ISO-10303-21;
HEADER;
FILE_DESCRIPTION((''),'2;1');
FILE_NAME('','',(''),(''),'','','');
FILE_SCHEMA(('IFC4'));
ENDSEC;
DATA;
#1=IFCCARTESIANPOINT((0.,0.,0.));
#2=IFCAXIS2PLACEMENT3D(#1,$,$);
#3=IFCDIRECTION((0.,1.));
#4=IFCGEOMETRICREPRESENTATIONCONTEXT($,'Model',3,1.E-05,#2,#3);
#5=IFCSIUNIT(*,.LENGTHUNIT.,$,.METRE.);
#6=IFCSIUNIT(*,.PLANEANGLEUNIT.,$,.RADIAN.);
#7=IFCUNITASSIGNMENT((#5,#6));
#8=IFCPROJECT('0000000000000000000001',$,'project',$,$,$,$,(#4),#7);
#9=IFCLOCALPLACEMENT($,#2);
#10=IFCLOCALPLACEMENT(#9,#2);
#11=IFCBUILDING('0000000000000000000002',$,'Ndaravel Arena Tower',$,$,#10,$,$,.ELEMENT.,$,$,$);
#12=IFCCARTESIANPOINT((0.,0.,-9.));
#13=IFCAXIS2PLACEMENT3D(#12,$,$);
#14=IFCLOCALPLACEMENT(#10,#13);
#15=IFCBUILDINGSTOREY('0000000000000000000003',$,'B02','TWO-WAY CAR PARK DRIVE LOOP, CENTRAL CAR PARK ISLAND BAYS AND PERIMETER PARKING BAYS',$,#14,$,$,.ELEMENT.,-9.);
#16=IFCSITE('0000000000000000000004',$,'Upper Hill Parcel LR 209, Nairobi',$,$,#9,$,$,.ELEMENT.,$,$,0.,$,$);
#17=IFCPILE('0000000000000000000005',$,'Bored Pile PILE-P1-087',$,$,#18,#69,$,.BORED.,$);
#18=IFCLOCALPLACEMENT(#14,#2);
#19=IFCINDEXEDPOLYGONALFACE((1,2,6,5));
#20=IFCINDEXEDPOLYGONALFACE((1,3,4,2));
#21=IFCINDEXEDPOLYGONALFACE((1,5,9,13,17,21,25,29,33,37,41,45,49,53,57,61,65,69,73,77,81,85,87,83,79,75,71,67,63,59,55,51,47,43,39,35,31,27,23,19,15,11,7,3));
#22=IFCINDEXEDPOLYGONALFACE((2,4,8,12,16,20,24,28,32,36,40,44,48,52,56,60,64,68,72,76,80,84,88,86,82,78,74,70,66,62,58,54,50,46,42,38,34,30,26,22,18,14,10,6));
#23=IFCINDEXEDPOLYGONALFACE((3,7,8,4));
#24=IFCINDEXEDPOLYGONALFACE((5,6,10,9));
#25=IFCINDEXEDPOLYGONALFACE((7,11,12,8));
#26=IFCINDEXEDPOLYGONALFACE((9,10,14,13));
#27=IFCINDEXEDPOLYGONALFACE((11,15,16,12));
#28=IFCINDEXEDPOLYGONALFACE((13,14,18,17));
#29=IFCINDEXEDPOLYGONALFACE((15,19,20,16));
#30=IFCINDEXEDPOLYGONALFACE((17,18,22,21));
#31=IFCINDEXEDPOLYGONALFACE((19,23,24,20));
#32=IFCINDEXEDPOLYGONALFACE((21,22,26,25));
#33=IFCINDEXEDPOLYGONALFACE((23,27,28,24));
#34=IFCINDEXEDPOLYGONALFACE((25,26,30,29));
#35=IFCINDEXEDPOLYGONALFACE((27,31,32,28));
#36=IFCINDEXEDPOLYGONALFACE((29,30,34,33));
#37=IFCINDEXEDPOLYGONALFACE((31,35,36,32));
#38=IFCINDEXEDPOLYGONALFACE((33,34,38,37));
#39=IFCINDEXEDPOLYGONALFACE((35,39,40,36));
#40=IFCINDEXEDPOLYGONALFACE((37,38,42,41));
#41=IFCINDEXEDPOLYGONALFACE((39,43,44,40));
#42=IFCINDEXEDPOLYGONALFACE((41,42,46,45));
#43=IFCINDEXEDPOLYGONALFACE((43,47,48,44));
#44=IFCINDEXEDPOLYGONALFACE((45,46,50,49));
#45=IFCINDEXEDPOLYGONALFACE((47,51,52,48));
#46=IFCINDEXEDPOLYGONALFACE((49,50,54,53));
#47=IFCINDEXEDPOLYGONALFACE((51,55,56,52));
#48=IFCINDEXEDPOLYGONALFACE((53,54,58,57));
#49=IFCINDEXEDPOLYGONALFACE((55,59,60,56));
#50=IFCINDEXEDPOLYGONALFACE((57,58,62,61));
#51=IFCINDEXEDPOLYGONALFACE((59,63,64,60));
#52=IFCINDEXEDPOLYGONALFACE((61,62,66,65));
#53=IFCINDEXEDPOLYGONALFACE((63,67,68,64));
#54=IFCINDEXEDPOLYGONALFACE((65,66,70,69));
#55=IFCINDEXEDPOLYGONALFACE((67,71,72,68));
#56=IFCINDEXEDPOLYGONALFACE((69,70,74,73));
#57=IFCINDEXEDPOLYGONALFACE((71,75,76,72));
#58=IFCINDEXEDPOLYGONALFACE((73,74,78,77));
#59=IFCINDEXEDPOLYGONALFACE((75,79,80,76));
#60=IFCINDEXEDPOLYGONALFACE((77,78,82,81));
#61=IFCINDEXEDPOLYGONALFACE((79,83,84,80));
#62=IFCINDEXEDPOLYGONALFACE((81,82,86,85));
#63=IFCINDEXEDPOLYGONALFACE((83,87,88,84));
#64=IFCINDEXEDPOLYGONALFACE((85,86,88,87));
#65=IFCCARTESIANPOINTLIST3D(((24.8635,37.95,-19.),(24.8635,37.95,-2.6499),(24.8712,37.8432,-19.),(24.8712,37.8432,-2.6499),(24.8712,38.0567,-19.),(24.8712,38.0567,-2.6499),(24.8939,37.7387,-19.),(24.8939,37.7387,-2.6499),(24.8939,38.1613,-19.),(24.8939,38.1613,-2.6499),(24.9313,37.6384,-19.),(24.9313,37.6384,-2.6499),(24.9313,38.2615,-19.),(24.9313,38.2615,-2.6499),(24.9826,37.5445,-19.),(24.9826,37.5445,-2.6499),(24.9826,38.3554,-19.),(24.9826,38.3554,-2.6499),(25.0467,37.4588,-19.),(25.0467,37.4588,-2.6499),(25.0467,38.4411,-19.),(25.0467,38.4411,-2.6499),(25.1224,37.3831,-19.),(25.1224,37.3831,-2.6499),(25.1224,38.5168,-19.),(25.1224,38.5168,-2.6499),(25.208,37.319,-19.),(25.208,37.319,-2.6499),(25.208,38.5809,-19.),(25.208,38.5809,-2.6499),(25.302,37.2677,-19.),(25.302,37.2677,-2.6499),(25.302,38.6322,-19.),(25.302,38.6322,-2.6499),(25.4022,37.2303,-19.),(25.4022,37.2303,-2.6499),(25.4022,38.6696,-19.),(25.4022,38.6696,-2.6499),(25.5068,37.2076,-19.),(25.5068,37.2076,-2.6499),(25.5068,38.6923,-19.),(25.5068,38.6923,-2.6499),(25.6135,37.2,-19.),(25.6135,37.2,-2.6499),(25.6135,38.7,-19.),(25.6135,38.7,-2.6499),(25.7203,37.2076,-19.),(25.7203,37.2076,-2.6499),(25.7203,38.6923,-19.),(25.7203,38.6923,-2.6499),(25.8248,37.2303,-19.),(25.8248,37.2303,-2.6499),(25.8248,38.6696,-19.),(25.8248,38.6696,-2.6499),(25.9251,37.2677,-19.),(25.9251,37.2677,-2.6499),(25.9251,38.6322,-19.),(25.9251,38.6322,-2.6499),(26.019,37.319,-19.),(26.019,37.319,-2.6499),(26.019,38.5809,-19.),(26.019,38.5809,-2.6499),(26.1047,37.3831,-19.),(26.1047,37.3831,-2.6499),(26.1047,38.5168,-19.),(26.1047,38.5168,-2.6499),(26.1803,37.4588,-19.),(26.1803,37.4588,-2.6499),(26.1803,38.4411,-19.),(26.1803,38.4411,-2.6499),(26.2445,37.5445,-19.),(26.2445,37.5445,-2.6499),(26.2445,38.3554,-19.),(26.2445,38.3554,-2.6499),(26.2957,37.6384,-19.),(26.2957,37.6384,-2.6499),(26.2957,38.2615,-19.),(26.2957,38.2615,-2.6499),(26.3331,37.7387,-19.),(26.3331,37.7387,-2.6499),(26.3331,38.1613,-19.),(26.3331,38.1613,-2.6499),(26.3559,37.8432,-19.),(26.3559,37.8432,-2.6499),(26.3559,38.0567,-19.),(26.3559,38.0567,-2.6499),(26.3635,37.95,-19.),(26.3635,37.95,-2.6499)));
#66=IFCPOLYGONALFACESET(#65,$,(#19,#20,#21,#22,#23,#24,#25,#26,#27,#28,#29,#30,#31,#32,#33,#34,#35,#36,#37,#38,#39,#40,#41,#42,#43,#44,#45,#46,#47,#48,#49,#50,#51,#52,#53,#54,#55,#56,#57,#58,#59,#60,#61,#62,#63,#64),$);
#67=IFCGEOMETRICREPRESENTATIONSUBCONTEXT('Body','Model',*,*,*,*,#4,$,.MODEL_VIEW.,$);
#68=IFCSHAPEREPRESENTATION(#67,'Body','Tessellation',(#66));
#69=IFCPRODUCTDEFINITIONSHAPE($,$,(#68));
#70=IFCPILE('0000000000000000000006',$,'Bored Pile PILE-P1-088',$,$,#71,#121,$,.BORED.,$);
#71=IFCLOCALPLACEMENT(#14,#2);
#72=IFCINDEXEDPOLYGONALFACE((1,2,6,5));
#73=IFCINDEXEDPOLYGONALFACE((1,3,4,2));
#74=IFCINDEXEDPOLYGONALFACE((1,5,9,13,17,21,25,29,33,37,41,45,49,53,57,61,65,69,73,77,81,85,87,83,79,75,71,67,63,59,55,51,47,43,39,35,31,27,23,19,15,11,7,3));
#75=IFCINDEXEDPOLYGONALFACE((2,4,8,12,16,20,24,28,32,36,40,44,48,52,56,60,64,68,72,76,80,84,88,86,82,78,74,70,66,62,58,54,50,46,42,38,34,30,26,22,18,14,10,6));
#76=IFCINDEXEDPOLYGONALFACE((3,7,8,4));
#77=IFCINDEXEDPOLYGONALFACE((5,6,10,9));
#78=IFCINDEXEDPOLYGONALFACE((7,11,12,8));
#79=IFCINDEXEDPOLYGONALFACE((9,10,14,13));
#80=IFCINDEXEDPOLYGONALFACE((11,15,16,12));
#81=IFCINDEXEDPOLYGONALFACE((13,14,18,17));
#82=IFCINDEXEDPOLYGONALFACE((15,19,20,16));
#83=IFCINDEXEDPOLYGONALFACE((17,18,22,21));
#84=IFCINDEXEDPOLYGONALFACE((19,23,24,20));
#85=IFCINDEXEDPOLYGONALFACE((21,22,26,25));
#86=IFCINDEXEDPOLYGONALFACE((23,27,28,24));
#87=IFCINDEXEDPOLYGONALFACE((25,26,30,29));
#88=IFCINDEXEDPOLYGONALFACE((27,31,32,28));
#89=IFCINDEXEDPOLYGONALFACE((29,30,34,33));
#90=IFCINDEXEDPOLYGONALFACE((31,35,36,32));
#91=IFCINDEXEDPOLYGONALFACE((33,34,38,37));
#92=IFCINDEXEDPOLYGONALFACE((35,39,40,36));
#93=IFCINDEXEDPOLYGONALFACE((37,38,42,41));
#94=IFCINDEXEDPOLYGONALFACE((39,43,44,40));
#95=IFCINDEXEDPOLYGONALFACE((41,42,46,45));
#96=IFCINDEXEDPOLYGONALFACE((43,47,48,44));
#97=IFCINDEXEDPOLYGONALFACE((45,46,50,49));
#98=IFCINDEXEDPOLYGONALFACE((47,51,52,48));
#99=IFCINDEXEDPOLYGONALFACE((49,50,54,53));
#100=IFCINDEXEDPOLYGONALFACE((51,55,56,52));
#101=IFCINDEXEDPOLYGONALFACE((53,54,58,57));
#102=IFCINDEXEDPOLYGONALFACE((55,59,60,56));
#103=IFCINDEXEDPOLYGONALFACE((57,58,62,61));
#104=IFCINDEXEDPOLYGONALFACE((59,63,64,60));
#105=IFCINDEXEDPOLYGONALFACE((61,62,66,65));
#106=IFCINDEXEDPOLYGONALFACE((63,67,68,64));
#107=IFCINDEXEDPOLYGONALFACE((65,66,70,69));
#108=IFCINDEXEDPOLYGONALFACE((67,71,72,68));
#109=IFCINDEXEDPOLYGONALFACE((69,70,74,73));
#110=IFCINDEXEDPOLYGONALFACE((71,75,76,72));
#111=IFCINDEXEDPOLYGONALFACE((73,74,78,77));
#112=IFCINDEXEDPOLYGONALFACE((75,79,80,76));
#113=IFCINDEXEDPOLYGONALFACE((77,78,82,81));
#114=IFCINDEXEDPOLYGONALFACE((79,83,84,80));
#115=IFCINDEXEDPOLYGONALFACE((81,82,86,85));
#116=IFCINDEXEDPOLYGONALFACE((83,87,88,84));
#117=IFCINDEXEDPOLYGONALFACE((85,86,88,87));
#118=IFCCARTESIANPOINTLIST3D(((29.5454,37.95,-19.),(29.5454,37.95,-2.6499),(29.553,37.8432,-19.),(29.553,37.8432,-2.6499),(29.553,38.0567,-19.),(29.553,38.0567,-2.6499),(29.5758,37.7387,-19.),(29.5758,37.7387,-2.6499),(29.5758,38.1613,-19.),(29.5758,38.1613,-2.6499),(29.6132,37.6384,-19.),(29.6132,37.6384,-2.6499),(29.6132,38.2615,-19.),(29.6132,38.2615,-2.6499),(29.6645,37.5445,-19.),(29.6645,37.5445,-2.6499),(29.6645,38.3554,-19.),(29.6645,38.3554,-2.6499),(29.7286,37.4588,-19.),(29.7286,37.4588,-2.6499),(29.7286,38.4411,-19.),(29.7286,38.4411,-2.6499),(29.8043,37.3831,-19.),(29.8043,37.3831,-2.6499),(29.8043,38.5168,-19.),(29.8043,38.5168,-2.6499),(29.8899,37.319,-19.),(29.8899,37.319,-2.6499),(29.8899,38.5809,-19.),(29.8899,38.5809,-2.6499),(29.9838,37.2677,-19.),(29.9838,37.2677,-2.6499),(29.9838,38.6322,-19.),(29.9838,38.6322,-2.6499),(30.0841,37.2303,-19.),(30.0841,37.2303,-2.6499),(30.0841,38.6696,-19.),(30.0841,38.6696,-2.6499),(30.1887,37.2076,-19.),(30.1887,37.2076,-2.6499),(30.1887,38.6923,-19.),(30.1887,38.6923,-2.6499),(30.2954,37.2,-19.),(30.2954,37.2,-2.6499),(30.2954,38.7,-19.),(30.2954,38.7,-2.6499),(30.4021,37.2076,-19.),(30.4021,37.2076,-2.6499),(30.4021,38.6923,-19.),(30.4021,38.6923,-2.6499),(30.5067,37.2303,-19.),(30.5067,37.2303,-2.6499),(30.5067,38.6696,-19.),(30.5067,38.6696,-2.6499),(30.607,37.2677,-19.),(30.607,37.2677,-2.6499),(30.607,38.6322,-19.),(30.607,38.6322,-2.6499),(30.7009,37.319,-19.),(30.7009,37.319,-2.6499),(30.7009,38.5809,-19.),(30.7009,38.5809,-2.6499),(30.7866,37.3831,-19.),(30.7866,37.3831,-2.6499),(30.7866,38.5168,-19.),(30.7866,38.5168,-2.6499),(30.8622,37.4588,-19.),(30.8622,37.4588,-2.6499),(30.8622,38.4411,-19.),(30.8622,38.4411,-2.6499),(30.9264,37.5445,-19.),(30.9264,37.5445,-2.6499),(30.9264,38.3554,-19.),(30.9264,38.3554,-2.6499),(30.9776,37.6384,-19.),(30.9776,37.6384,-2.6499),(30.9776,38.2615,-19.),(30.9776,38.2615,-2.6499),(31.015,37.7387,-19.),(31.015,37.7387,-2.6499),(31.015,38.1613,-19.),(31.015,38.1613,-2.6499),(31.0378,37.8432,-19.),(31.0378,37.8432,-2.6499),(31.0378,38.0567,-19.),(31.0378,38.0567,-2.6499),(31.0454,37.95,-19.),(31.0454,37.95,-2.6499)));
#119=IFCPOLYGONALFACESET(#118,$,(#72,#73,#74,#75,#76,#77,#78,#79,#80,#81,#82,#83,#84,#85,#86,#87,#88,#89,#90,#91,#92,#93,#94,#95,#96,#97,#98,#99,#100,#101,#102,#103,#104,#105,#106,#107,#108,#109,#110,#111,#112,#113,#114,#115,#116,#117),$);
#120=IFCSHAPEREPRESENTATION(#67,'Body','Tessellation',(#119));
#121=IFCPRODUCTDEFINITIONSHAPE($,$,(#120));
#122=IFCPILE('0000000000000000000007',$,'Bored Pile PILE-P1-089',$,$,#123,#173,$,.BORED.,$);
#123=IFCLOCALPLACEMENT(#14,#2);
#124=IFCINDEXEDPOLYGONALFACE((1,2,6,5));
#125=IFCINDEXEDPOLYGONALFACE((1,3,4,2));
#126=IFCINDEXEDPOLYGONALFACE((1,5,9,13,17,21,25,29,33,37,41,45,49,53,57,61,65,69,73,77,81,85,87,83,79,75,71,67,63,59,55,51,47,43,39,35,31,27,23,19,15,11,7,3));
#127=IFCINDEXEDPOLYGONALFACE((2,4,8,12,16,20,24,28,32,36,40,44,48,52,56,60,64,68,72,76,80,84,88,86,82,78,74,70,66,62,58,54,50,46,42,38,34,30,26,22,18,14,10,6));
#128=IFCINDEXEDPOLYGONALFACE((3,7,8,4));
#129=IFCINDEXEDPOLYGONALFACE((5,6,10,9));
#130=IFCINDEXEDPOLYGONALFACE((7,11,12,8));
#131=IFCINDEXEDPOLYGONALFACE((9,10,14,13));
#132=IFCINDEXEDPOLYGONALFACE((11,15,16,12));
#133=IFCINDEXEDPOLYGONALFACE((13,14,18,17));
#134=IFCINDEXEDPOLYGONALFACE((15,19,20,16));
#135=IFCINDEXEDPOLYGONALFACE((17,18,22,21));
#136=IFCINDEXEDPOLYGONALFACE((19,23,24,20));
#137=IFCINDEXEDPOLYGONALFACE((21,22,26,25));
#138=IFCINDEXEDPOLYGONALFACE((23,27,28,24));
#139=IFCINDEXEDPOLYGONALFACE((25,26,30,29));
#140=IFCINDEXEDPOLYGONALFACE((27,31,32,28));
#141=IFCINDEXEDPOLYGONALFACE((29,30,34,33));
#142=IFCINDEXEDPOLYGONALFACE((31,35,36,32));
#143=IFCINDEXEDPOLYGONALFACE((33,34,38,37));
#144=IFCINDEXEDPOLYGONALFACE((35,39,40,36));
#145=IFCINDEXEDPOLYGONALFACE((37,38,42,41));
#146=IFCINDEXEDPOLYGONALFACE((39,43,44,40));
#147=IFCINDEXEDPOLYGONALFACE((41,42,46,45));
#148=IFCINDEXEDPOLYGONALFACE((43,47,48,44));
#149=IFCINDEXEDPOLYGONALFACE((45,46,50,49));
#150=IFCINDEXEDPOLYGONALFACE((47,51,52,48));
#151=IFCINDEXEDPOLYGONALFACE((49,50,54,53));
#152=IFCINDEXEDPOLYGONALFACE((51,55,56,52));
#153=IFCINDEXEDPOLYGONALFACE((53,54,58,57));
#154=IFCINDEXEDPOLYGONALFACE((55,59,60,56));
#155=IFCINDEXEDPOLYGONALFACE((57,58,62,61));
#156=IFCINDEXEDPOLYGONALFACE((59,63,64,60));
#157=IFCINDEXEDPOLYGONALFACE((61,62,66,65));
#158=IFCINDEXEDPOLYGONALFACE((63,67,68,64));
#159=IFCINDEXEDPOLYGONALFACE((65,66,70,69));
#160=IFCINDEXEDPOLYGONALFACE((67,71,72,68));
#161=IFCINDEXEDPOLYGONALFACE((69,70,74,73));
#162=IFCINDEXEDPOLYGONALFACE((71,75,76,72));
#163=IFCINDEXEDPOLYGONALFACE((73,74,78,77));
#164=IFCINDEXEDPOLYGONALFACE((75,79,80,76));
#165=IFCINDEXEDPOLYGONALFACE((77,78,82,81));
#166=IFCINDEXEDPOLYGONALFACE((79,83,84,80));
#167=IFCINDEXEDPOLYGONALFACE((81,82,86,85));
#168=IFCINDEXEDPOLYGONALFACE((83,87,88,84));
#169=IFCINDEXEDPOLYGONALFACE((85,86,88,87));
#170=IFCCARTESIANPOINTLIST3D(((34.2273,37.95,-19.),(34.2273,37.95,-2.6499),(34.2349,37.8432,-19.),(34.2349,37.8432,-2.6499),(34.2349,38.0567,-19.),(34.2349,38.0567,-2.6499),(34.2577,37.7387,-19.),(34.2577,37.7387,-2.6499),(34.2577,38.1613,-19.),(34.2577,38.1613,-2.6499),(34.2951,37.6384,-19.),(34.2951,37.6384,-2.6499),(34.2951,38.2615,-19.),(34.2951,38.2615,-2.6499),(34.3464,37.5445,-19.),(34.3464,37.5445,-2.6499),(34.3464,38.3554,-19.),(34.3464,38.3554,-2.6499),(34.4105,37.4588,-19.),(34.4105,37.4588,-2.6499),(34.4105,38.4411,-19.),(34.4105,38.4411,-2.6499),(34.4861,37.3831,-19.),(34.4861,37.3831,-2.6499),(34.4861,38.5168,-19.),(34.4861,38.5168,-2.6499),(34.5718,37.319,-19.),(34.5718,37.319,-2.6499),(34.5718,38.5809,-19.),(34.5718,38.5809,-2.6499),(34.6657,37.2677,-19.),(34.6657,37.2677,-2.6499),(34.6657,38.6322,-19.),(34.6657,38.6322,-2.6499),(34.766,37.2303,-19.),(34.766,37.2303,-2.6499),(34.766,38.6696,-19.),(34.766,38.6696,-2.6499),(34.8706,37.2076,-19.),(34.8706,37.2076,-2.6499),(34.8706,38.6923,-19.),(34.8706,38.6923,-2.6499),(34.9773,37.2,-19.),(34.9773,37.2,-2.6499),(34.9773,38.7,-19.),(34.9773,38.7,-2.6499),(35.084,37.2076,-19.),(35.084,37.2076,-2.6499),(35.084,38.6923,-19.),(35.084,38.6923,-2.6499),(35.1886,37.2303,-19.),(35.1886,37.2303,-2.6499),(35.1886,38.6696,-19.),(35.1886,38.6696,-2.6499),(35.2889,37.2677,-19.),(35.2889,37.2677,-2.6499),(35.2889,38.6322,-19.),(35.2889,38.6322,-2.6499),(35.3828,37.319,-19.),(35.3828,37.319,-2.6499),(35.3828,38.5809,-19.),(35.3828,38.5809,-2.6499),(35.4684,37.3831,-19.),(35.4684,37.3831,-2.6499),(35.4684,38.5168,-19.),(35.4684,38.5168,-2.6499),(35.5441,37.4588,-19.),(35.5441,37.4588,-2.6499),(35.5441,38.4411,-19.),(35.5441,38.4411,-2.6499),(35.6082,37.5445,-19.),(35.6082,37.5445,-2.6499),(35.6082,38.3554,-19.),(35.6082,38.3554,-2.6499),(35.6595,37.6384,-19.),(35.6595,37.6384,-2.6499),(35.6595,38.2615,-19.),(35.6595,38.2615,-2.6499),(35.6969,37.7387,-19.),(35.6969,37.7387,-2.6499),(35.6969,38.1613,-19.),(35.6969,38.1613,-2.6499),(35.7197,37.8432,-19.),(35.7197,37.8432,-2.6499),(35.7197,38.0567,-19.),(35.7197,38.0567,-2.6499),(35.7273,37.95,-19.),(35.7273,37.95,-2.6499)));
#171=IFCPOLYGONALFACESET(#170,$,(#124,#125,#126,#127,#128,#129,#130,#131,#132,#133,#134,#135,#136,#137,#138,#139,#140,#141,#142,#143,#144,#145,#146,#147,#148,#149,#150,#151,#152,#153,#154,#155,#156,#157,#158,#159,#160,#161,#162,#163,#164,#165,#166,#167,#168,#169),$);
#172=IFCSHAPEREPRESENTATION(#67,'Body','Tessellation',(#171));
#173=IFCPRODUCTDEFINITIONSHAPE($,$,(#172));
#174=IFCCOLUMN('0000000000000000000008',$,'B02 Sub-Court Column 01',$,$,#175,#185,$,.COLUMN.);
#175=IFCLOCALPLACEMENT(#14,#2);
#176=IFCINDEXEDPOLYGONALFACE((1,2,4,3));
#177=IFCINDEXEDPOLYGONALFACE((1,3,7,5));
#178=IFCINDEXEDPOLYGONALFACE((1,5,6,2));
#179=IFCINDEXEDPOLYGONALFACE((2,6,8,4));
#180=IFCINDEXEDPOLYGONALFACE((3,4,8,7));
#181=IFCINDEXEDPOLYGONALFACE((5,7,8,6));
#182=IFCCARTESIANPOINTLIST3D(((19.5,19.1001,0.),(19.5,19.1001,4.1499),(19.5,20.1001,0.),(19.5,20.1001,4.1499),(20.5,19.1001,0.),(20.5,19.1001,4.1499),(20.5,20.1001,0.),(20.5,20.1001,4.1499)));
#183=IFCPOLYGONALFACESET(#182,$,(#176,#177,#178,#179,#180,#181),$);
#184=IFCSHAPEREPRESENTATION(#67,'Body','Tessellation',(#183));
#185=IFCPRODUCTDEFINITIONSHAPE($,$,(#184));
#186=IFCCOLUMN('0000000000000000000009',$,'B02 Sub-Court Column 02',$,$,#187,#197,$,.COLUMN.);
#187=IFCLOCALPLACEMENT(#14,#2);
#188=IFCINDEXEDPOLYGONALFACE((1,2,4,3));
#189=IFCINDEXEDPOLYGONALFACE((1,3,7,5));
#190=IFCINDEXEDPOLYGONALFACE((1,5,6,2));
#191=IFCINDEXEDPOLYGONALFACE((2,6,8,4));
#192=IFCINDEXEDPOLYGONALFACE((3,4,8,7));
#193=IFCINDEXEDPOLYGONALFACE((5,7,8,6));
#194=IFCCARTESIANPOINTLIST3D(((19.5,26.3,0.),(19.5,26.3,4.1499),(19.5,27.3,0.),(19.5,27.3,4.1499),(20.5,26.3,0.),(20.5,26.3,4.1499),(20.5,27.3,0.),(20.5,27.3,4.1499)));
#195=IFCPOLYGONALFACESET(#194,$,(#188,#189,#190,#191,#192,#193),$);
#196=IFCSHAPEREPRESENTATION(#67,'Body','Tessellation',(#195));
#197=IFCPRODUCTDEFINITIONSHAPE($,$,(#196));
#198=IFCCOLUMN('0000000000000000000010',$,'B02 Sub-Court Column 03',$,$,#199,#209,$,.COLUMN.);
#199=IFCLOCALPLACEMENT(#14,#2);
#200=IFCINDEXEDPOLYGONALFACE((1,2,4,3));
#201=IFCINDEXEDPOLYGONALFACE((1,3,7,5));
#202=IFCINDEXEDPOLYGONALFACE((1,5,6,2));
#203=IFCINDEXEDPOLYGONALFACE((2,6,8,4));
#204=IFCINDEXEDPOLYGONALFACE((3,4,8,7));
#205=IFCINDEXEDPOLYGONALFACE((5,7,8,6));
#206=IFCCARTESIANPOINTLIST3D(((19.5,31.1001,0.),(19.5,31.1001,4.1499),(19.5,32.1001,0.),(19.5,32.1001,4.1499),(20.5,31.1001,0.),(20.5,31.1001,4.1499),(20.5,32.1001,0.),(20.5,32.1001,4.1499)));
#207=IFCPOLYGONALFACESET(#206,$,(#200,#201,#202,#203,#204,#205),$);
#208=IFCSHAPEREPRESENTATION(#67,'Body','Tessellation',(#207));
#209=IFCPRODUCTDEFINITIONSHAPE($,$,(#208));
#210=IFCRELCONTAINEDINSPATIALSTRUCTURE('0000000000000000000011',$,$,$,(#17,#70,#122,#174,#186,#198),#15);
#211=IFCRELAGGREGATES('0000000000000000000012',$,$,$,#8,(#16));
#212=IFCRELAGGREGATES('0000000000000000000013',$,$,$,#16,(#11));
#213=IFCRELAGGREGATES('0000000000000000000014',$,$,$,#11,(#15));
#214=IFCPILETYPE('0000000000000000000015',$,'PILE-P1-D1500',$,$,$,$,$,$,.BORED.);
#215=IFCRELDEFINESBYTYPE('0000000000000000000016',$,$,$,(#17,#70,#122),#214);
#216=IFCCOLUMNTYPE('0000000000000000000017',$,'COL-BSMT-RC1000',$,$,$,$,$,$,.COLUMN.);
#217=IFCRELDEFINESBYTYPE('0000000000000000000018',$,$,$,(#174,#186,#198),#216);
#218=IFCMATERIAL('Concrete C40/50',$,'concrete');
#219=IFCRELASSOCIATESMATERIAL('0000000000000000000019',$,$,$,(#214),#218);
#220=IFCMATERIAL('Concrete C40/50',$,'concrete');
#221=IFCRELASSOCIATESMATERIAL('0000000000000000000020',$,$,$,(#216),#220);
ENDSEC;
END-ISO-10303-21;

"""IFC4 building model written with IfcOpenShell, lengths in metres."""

from ifc_helpers import new_model, si_unit, direction, frame, origin, origin_2d, place, context, subcontext, project, spatial, rectangle, circle, extrude, material, material_profile, profile_set, type_object, element, save


model = new_model("IFC4")

# Units and contexts
model_context = context("Model", 3, precision=1e-05, world=origin(), true_north=direction((0.0, 1.0)))
body_context = subcontext(model_context, "Body", "Model", "MODEL_VIEW")
ifc_project = project(units=[si_unit("LENGTHUNIT", "METRE"), si_unit("PLANEANGLEUNIT", "RADIAN")], contexts=[model_context])

# Site, building, storey
site_placement = place(None, origin())
site = spatial("IfcSite", under=ifc_project, at=site_placement, Name="Upper Hill Parcel LR 209, Nairobi", CompositionType="ELEMENT", RefElevation=0.0)
building_placement = place(site_placement, origin())
building = spatial("IfcBuilding", under=site, at=building_placement, Name="Ndaravel Arena Tower", CompositionType="ELEMENT")
storey_placement = place(building_placement, frame((0.0, 0.0, -9.0)))
storey = spatial("IfcBuildingStorey", under=building, at=storey_placement, Name="B02", Description="TWO-WAY CAR PARK DRIVE LOOP, CENTRAL CAR PARK ISLAND BAYS AND PERIMETER PARKING BAYS", CompositionType="ELEMENT", Elevation=-9.0)

# Piles
ifc_material_1 = material(Name="Concrete C40/50", Category="concrete")
ifc_material_profile_1 = material_profile(ifc_material_1, circle(Radius=0.75, at=origin_2d()), Name="BORED PILE D1500")
ifc_profile_set_1 = profile_set([ifc_material_profile_1], Name="Concrete C40/50")
pile_type = type_object("IfcPileType", Name="PILE-P1-D1500", PredefinedType="BORED", material=ifc_profile_set_1)
for number, where, z_axis, x_axis, name in (
    (1, (25.6135, 37.95, -2.6499), (0.0, 0.0, -1.0), (1.0, 0.0, 0.0), "Bored Pile PILE-P1-087"),
    (2, (30.2954, 37.95, -2.6499), (0.0, 0.0, -1.0), (1.0, 0.0, 0.0), "Bored Pile PILE-P1-088"),
    (3, (34.9773, 37.95, -2.6499), (0.0, 0.0, -1.0), (1.0, 0.0, 0.0), "Bored Pile PILE-P1-089"),
):
    element("IfcPile", number, at=place(storey_placement, frame(where, z_axis=z_axis, x_axis=x_axis)), inside=storey, type_object=pile_type, Name=name, PredefinedType="BORED", context=body_context, shape_type="SweptSolid", body=[
        extrude(circle(Radius=0.75, at=origin_2d()), origin(), (0.0, 0.0, 1.0), 16.3501),
    ])

# Columns
ifc_material_2 = material(Name="Concrete C40/50", Category="concrete")
ifc_material_profile_2 = material_profile(ifc_material_2, rectangle(XDim=1.0, YDim=1.0, at=origin_2d()), Name="RC 1000x1000")
ifc_profile_set_2 = profile_set([ifc_material_profile_2], Name="Concrete C40/50")
column_type = type_object("IfcColumnType", Name="COL-BSMT-RC1000", PredefinedType="COLUMN", material=ifc_profile_set_2)
for number, where, z_axis, x_axis, name in (
    (4, (20.0, 19.6001, 0.0), (0.0, 0.0, 1.0), (1.0, 0.0, 0.0), "B02 Sub-Court Column 01"),
    (5, (20.0, 26.8, 0.0), (0.0, 0.0, 1.0), (1.0, 0.0, 0.0), "B02 Sub-Court Column 02"),
    (6, (20.0, 31.6001, 0.0), (0.0, 0.0, 1.0), (1.0, 0.0, 0.0), "B02 Sub-Court Column 03"),
):
    element("IfcColumn", number, at=place(storey_placement, frame(where, z_axis=z_axis, x_axis=x_axis)), inside=storey, type_object=column_type, Name=name, PredefinedType="COLUMN", context=body_context, shape_type="SweptSolid", body=[
        extrude(rectangle(XDim=1.0, YDim=1.0, at=origin_2d()), origin(), (0.0, 0.0, 1.0), 4.1499),
    ])

save(model, "model.ifc")
